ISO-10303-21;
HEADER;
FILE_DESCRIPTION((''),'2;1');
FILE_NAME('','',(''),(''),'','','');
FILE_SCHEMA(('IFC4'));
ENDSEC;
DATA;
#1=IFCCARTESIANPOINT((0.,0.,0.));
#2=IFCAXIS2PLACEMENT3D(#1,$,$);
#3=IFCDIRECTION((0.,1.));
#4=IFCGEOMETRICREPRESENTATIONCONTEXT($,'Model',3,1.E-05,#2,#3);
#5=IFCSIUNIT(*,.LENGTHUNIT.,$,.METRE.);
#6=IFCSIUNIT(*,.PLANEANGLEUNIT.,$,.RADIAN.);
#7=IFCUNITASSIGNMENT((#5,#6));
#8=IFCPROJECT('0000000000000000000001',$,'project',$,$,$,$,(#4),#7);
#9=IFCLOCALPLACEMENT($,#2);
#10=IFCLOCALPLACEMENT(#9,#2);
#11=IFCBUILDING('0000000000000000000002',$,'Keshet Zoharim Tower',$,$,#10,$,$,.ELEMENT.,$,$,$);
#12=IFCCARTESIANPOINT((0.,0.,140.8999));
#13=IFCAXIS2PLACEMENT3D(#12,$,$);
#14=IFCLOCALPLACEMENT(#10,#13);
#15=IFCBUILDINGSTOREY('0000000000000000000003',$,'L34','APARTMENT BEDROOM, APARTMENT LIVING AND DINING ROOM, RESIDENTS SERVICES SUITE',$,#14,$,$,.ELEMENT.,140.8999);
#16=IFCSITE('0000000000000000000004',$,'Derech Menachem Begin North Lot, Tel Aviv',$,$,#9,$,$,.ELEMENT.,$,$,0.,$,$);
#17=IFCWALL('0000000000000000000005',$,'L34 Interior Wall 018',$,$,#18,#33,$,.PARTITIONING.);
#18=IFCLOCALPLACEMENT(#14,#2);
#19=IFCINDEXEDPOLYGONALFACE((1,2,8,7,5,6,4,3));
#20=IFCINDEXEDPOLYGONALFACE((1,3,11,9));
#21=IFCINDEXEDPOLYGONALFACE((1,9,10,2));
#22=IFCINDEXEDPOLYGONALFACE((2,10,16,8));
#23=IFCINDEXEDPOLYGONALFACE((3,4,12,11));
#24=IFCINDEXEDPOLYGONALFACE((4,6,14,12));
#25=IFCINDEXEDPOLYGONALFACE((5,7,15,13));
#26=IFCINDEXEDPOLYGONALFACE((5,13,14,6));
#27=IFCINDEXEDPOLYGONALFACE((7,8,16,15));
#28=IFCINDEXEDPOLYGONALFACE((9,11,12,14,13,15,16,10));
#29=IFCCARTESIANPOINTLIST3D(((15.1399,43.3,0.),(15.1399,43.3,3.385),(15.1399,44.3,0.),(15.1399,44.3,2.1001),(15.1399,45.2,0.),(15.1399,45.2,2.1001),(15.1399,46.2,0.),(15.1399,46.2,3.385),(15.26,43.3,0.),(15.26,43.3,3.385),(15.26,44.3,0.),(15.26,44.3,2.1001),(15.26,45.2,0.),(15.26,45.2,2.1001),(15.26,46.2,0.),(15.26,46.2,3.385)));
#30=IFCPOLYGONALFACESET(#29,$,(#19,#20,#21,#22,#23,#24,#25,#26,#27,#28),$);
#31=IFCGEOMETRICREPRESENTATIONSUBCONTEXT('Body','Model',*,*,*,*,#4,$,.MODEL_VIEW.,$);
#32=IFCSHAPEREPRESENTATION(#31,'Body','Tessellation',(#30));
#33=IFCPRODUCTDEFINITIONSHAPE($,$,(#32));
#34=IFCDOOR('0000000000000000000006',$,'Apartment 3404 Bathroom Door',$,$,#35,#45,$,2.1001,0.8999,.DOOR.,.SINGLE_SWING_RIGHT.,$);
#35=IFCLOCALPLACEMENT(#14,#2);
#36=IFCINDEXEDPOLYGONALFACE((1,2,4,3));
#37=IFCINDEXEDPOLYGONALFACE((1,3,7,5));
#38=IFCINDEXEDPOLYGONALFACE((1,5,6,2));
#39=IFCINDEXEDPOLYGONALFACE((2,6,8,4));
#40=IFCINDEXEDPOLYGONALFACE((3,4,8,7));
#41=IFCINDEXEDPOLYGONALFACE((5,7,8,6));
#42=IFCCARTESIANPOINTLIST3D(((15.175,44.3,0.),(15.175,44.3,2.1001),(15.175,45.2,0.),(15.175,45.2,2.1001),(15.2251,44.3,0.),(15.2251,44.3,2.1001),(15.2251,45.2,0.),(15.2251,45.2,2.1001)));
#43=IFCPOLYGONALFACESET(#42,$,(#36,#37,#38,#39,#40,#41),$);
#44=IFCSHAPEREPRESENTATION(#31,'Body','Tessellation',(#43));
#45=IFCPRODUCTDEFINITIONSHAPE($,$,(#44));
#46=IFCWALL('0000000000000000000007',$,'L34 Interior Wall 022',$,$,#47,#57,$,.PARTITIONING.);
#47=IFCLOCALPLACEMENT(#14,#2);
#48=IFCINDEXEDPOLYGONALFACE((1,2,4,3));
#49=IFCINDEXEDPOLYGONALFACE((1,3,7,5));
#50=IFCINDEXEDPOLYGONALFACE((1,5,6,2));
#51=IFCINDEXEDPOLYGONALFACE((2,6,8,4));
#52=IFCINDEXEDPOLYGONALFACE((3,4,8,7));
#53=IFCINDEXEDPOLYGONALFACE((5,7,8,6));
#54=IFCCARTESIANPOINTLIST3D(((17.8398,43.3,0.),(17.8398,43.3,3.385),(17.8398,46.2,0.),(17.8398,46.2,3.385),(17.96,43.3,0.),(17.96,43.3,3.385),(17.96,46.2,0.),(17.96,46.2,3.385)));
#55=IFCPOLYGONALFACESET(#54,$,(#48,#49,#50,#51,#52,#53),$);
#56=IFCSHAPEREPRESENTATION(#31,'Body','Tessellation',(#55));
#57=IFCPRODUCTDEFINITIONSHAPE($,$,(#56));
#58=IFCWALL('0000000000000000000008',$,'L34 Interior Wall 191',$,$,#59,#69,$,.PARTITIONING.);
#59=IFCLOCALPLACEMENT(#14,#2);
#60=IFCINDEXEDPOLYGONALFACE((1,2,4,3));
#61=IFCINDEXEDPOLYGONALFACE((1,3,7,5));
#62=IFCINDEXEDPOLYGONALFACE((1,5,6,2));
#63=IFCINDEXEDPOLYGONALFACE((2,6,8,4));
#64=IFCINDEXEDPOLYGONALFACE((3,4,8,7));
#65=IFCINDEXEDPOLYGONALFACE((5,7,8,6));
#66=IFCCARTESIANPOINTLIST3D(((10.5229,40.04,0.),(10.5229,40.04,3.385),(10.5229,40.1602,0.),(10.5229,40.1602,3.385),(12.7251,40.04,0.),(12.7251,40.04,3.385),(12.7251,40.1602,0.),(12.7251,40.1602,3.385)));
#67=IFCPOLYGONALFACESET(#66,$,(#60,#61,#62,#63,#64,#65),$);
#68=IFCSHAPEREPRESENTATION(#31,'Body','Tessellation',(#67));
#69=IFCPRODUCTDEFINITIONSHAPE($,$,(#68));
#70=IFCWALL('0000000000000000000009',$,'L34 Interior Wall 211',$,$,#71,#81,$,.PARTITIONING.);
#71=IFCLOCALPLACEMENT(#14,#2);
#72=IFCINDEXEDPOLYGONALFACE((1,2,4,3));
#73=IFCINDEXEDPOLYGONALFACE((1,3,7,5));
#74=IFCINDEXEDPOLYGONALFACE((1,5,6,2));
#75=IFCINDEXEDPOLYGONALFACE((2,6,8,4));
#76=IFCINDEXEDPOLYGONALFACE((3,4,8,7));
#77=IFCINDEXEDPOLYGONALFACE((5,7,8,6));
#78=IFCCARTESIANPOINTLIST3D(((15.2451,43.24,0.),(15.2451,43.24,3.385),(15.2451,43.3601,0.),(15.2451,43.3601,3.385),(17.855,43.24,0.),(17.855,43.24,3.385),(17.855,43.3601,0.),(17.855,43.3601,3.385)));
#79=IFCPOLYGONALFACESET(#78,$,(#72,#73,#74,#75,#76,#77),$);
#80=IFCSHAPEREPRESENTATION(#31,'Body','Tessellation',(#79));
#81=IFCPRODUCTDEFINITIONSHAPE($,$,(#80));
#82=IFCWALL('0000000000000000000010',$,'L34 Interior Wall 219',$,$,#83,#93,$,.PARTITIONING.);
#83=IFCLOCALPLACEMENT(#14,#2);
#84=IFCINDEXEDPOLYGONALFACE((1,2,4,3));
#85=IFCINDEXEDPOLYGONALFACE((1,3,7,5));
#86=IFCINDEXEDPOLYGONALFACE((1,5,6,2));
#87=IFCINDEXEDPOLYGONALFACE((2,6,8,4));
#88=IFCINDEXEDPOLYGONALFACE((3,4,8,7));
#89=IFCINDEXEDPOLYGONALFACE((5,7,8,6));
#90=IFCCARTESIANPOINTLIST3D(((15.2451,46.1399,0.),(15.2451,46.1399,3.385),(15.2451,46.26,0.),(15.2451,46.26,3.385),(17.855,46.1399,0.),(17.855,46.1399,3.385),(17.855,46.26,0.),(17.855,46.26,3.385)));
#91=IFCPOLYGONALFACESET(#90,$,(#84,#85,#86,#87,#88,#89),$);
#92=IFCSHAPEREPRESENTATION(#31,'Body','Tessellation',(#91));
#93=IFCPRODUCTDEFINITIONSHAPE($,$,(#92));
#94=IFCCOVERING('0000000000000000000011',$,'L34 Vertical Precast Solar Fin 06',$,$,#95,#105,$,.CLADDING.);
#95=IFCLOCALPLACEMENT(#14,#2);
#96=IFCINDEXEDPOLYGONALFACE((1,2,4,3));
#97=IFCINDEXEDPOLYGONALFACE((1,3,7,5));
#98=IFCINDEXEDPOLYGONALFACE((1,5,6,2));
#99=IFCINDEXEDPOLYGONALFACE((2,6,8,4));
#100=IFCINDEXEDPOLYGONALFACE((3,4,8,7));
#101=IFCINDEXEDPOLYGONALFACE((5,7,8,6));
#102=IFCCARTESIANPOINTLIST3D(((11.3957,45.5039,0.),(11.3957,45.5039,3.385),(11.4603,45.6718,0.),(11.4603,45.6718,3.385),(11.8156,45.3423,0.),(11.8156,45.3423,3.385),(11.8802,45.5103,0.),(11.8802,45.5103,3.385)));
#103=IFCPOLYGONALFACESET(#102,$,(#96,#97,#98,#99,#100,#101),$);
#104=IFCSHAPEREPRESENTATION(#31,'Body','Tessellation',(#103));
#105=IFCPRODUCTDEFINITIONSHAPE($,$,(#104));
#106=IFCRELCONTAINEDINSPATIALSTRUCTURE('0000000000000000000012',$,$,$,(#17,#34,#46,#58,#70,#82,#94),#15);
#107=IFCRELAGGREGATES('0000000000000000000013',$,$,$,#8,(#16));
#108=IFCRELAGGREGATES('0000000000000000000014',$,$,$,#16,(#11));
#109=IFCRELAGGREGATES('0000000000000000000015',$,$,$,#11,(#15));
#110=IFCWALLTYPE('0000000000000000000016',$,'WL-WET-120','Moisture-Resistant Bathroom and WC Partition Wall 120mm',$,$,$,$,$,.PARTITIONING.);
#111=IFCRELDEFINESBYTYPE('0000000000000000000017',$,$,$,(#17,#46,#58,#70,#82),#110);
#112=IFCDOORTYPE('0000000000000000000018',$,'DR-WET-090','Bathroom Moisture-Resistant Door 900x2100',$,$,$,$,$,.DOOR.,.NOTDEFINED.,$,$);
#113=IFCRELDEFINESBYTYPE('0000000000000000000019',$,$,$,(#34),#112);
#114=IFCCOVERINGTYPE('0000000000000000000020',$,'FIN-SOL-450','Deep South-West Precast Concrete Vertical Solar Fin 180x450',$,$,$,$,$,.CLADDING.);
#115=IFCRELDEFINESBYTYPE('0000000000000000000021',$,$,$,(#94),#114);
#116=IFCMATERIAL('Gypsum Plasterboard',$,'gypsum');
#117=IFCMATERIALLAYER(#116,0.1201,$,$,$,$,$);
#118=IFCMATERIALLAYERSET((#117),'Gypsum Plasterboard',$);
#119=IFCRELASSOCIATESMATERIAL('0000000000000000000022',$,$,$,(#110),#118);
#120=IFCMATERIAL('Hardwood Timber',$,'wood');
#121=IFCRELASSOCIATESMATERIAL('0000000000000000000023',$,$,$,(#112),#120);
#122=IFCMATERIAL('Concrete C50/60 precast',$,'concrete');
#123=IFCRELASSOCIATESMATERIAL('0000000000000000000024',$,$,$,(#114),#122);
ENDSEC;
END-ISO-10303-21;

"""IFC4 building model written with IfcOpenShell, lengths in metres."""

from ifc_helpers import new_model, si_unit, direction, frame, frame_2d, origin, origin_2d, place, context, subcontext, project, spatial, rectangle, extrude, material, layer, layer_set, type_object, element, fill, save


model = new_model("IFC4")

# Units and contexts
model_context = context("Model", 3, precision=1e-05, world=origin(), true_north=direction((0.0, 1.0)))
body_context = subcontext(model_context, "Body", "Model", "MODEL_VIEW")
ifc_project = project(units=[si_unit("LENGTHUNIT", "METRE"), si_unit("PLANEANGLEUNIT", "RADIAN")], contexts=[model_context])

# Site, building, storey
site_placement = place(None, origin())
site = spatial("IfcSite", under=ifc_project, at=site_placement, Name="Derech Menachem Begin North Lot, Tel Aviv", CompositionType="ELEMENT", RefElevation=0.0)
building_placement = place(site_placement, origin())
building = spatial("IfcBuilding", under=site, at=building_placement, Name="Keshet Zoharim Tower", CompositionType="ELEMENT")
storey_placement = place(building_placement, frame((0.0, 0.0, 140.8999)))
storey = spatial("IfcBuildingStorey", under=building, at=storey_placement, Name="L34", Description="APARTMENT BEDROOM, APARTMENT LIVING AND DINING ROOM, RESIDENTS SERVICES SUITE", CompositionType="ELEMENT", Elevation=140.8999)

# Shared definitions
ifc_material_1 = material(Name="Gypsum Plasterboard", Category="gypsum")

# Shared definitions
ifc_material_2 = material(Name="Hardwood Timber", Category="wood")

# Wall, opening, door
ifc_layer_1 = layer(ifc_material_1, 0.1201)
ifc_layer_set_1 = layer_set([ifc_layer_1], Name="Gypsum Plasterboard")
wall_type_1 = type_object("IfcWallType", Name="WL-WET-120", Description="Moisture-Resistant Bathroom and WC Partition Wall 120mm", PredefinedType="PARTITIONING", material=ifc_layer_set_1)
wall_1_placement = place(storey_placement, frame((15.2, 43.3, 0.0), z_axis=(0.0, 0.0, 1.0), x_axis=(0.0, 1.0, 0.0)))
wall_1 = element("IfcWall", 1, at=wall_1_placement, inside=storey, type_object=wall_type_1, Name="L34 Interior Wall 018", PredefinedType="PARTITIONING", context=body_context, shape_type="SweptSolid", body=[
    extrude(rectangle(XDim=2.8999, YDim=0.1201, at=frame_2d((1.45, 0.0))), origin(), (0.0, 0.0, 1.0), 3.385),
])
opening_1_placement = place(wall_1_placement, frame((1.0, 0.0, 0.0)))
opening_1 = element("IfcOpeningElement", 2, at=opening_1_placement, cuts=wall_1, PredefinedType="OPENING", context=body_context, shape_type="SweptSolid", body=[
    extrude(rectangle(XDim=0.8999, YDim=2.1001, at=frame_2d((0.45, 1.05))), frame((0.0, 0.0701, 0.0), z_axis=(0.0, -1.0, 0.0), x_axis=(1.0, 0.0, 0.0)), (0.0, 0.0, 1.0), 0.1401),
])
door_type_1 = type_object("IfcDoorType", Name="DR-WET-090", Description="Bathroom Moisture-Resistant Door 900x2100", OperationType="NOTDEFINED", PredefinedType="DOOR", material=ifc_material_2)
door_1_placement = place(opening_1_placement, origin())
door_1 = element("IfcDoor", 3, at=door_1_placement, inside=storey, type_object=door_type_1, Name="Apartment 3404 Bathroom Door", OperationType="SINGLE_SWING_RIGHT", OverallHeight=2.1001, OverallWidth=0.8999, PredefinedType="DOOR", context=body_context, shape_type="SweptSolid", body=[
    extrude(rectangle(XDim=0.8999, YDim=2.1001, at=frame_2d((0.45, 1.05))), frame((0.0, 0.0249, 0.0), z_axis=(0.0, -1.0, 0.0), x_axis=(1.0, 0.0, 0.0)), (0.0, 0.0, 1.0), 0.05),
])
fill(opening_1, door_1)

# Walls
wall_2_placement = place(storey_placement, frame((17.8999, 43.3, 0.0), z_axis=(0.0, 0.0, 1.0), x_axis=(0.0, 1.0, 0.0)))
element("IfcWall", 4, at=wall_2_placement, inside=storey, type_object=wall_type_1, Name="L34 Interior Wall 022", PredefinedType="PARTITIONING", context=body_context, shape_type="SweptSolid", body=[
    extrude(rectangle(XDim=2.8999, YDim=0.1201, at=frame_2d((1.45, 0.0))), origin(), (0.0, 0.0, 1.0), 3.385),
])
wall_3_placement = place(storey_placement, frame((10.5229, 40.1001, 0.0), z_axis=(0.0, 0.0, 1.0), x_axis=(1.0, 0.0, 0.0)))
element("IfcWall", 5, at=wall_3_placement, inside=storey, type_object=wall_type_1, Name="L34 Interior Wall 191", PredefinedType="PARTITIONING", context=body_context, shape_type="SweptSolid", body=[
    extrude(rectangle(XDim=2.2021, YDim=0.1201, at=frame_2d((1.1011, 0.0))), origin(), (0.0, 0.0, 1.0), 3.385),
])
for number, where, z_axis, x_axis, name in (
    (6, (15.2451, 43.3, 0.0), (0.0, 0.0, 1.0), (1.0, 0.0, 0.0), "L34 Interior Wall 211"),
    (7, (15.2451, 46.2, 0.0), (0.0, 0.0, 1.0), (1.0, 0.0, 0.0), "L34 Interior Wall 219"),
):
    element("IfcWall", number, at=place(storey_placement, frame(where, z_axis=z_axis, x_axis=x_axis)), inside=storey, type_object=wall_type_1, Name=name, PredefinedType="PARTITIONING", context=body_context, shape_type="SweptSolid", body=[
        extrude(rectangle(XDim=2.6099, YDim=0.1201, at=frame_2d((1.3049, 0.0))), origin(), (0.0, 0.0, 1.0), 3.385),
    ])

# Covering
ifc_material_3 = material(Name="Concrete C50/60 precast", Category="concrete")
covering_type = type_object("IfcCoveringType", Name="FIN-SOL-450", Description="Deep South-West Precast Concrete Vertical Solar Fin 180x450", PredefinedType="CLADDING", material=ifc_material_3)
covering_placement = place(storey_placement, frame((11.6379, 45.5071, 0.0), z_axis=(0.0, 0.0, 1.0), x_axis=(0.35899, 0.933341, 0.0)))
element("IfcCovering", 8, at=covering_placement, inside=storey, type_object=covering_type, Name="L34 Vertical Precast Solar Fin 06", PredefinedType="CLADDING", context=body_context, shape_type="SweptSolid", body=[
    extrude(rectangle(XDim=0.1799, YDim=0.45, at=origin_2d()), origin(), (0.0, 0.0, 1.0), 3.385),
])

save(model, "model.ifc")
